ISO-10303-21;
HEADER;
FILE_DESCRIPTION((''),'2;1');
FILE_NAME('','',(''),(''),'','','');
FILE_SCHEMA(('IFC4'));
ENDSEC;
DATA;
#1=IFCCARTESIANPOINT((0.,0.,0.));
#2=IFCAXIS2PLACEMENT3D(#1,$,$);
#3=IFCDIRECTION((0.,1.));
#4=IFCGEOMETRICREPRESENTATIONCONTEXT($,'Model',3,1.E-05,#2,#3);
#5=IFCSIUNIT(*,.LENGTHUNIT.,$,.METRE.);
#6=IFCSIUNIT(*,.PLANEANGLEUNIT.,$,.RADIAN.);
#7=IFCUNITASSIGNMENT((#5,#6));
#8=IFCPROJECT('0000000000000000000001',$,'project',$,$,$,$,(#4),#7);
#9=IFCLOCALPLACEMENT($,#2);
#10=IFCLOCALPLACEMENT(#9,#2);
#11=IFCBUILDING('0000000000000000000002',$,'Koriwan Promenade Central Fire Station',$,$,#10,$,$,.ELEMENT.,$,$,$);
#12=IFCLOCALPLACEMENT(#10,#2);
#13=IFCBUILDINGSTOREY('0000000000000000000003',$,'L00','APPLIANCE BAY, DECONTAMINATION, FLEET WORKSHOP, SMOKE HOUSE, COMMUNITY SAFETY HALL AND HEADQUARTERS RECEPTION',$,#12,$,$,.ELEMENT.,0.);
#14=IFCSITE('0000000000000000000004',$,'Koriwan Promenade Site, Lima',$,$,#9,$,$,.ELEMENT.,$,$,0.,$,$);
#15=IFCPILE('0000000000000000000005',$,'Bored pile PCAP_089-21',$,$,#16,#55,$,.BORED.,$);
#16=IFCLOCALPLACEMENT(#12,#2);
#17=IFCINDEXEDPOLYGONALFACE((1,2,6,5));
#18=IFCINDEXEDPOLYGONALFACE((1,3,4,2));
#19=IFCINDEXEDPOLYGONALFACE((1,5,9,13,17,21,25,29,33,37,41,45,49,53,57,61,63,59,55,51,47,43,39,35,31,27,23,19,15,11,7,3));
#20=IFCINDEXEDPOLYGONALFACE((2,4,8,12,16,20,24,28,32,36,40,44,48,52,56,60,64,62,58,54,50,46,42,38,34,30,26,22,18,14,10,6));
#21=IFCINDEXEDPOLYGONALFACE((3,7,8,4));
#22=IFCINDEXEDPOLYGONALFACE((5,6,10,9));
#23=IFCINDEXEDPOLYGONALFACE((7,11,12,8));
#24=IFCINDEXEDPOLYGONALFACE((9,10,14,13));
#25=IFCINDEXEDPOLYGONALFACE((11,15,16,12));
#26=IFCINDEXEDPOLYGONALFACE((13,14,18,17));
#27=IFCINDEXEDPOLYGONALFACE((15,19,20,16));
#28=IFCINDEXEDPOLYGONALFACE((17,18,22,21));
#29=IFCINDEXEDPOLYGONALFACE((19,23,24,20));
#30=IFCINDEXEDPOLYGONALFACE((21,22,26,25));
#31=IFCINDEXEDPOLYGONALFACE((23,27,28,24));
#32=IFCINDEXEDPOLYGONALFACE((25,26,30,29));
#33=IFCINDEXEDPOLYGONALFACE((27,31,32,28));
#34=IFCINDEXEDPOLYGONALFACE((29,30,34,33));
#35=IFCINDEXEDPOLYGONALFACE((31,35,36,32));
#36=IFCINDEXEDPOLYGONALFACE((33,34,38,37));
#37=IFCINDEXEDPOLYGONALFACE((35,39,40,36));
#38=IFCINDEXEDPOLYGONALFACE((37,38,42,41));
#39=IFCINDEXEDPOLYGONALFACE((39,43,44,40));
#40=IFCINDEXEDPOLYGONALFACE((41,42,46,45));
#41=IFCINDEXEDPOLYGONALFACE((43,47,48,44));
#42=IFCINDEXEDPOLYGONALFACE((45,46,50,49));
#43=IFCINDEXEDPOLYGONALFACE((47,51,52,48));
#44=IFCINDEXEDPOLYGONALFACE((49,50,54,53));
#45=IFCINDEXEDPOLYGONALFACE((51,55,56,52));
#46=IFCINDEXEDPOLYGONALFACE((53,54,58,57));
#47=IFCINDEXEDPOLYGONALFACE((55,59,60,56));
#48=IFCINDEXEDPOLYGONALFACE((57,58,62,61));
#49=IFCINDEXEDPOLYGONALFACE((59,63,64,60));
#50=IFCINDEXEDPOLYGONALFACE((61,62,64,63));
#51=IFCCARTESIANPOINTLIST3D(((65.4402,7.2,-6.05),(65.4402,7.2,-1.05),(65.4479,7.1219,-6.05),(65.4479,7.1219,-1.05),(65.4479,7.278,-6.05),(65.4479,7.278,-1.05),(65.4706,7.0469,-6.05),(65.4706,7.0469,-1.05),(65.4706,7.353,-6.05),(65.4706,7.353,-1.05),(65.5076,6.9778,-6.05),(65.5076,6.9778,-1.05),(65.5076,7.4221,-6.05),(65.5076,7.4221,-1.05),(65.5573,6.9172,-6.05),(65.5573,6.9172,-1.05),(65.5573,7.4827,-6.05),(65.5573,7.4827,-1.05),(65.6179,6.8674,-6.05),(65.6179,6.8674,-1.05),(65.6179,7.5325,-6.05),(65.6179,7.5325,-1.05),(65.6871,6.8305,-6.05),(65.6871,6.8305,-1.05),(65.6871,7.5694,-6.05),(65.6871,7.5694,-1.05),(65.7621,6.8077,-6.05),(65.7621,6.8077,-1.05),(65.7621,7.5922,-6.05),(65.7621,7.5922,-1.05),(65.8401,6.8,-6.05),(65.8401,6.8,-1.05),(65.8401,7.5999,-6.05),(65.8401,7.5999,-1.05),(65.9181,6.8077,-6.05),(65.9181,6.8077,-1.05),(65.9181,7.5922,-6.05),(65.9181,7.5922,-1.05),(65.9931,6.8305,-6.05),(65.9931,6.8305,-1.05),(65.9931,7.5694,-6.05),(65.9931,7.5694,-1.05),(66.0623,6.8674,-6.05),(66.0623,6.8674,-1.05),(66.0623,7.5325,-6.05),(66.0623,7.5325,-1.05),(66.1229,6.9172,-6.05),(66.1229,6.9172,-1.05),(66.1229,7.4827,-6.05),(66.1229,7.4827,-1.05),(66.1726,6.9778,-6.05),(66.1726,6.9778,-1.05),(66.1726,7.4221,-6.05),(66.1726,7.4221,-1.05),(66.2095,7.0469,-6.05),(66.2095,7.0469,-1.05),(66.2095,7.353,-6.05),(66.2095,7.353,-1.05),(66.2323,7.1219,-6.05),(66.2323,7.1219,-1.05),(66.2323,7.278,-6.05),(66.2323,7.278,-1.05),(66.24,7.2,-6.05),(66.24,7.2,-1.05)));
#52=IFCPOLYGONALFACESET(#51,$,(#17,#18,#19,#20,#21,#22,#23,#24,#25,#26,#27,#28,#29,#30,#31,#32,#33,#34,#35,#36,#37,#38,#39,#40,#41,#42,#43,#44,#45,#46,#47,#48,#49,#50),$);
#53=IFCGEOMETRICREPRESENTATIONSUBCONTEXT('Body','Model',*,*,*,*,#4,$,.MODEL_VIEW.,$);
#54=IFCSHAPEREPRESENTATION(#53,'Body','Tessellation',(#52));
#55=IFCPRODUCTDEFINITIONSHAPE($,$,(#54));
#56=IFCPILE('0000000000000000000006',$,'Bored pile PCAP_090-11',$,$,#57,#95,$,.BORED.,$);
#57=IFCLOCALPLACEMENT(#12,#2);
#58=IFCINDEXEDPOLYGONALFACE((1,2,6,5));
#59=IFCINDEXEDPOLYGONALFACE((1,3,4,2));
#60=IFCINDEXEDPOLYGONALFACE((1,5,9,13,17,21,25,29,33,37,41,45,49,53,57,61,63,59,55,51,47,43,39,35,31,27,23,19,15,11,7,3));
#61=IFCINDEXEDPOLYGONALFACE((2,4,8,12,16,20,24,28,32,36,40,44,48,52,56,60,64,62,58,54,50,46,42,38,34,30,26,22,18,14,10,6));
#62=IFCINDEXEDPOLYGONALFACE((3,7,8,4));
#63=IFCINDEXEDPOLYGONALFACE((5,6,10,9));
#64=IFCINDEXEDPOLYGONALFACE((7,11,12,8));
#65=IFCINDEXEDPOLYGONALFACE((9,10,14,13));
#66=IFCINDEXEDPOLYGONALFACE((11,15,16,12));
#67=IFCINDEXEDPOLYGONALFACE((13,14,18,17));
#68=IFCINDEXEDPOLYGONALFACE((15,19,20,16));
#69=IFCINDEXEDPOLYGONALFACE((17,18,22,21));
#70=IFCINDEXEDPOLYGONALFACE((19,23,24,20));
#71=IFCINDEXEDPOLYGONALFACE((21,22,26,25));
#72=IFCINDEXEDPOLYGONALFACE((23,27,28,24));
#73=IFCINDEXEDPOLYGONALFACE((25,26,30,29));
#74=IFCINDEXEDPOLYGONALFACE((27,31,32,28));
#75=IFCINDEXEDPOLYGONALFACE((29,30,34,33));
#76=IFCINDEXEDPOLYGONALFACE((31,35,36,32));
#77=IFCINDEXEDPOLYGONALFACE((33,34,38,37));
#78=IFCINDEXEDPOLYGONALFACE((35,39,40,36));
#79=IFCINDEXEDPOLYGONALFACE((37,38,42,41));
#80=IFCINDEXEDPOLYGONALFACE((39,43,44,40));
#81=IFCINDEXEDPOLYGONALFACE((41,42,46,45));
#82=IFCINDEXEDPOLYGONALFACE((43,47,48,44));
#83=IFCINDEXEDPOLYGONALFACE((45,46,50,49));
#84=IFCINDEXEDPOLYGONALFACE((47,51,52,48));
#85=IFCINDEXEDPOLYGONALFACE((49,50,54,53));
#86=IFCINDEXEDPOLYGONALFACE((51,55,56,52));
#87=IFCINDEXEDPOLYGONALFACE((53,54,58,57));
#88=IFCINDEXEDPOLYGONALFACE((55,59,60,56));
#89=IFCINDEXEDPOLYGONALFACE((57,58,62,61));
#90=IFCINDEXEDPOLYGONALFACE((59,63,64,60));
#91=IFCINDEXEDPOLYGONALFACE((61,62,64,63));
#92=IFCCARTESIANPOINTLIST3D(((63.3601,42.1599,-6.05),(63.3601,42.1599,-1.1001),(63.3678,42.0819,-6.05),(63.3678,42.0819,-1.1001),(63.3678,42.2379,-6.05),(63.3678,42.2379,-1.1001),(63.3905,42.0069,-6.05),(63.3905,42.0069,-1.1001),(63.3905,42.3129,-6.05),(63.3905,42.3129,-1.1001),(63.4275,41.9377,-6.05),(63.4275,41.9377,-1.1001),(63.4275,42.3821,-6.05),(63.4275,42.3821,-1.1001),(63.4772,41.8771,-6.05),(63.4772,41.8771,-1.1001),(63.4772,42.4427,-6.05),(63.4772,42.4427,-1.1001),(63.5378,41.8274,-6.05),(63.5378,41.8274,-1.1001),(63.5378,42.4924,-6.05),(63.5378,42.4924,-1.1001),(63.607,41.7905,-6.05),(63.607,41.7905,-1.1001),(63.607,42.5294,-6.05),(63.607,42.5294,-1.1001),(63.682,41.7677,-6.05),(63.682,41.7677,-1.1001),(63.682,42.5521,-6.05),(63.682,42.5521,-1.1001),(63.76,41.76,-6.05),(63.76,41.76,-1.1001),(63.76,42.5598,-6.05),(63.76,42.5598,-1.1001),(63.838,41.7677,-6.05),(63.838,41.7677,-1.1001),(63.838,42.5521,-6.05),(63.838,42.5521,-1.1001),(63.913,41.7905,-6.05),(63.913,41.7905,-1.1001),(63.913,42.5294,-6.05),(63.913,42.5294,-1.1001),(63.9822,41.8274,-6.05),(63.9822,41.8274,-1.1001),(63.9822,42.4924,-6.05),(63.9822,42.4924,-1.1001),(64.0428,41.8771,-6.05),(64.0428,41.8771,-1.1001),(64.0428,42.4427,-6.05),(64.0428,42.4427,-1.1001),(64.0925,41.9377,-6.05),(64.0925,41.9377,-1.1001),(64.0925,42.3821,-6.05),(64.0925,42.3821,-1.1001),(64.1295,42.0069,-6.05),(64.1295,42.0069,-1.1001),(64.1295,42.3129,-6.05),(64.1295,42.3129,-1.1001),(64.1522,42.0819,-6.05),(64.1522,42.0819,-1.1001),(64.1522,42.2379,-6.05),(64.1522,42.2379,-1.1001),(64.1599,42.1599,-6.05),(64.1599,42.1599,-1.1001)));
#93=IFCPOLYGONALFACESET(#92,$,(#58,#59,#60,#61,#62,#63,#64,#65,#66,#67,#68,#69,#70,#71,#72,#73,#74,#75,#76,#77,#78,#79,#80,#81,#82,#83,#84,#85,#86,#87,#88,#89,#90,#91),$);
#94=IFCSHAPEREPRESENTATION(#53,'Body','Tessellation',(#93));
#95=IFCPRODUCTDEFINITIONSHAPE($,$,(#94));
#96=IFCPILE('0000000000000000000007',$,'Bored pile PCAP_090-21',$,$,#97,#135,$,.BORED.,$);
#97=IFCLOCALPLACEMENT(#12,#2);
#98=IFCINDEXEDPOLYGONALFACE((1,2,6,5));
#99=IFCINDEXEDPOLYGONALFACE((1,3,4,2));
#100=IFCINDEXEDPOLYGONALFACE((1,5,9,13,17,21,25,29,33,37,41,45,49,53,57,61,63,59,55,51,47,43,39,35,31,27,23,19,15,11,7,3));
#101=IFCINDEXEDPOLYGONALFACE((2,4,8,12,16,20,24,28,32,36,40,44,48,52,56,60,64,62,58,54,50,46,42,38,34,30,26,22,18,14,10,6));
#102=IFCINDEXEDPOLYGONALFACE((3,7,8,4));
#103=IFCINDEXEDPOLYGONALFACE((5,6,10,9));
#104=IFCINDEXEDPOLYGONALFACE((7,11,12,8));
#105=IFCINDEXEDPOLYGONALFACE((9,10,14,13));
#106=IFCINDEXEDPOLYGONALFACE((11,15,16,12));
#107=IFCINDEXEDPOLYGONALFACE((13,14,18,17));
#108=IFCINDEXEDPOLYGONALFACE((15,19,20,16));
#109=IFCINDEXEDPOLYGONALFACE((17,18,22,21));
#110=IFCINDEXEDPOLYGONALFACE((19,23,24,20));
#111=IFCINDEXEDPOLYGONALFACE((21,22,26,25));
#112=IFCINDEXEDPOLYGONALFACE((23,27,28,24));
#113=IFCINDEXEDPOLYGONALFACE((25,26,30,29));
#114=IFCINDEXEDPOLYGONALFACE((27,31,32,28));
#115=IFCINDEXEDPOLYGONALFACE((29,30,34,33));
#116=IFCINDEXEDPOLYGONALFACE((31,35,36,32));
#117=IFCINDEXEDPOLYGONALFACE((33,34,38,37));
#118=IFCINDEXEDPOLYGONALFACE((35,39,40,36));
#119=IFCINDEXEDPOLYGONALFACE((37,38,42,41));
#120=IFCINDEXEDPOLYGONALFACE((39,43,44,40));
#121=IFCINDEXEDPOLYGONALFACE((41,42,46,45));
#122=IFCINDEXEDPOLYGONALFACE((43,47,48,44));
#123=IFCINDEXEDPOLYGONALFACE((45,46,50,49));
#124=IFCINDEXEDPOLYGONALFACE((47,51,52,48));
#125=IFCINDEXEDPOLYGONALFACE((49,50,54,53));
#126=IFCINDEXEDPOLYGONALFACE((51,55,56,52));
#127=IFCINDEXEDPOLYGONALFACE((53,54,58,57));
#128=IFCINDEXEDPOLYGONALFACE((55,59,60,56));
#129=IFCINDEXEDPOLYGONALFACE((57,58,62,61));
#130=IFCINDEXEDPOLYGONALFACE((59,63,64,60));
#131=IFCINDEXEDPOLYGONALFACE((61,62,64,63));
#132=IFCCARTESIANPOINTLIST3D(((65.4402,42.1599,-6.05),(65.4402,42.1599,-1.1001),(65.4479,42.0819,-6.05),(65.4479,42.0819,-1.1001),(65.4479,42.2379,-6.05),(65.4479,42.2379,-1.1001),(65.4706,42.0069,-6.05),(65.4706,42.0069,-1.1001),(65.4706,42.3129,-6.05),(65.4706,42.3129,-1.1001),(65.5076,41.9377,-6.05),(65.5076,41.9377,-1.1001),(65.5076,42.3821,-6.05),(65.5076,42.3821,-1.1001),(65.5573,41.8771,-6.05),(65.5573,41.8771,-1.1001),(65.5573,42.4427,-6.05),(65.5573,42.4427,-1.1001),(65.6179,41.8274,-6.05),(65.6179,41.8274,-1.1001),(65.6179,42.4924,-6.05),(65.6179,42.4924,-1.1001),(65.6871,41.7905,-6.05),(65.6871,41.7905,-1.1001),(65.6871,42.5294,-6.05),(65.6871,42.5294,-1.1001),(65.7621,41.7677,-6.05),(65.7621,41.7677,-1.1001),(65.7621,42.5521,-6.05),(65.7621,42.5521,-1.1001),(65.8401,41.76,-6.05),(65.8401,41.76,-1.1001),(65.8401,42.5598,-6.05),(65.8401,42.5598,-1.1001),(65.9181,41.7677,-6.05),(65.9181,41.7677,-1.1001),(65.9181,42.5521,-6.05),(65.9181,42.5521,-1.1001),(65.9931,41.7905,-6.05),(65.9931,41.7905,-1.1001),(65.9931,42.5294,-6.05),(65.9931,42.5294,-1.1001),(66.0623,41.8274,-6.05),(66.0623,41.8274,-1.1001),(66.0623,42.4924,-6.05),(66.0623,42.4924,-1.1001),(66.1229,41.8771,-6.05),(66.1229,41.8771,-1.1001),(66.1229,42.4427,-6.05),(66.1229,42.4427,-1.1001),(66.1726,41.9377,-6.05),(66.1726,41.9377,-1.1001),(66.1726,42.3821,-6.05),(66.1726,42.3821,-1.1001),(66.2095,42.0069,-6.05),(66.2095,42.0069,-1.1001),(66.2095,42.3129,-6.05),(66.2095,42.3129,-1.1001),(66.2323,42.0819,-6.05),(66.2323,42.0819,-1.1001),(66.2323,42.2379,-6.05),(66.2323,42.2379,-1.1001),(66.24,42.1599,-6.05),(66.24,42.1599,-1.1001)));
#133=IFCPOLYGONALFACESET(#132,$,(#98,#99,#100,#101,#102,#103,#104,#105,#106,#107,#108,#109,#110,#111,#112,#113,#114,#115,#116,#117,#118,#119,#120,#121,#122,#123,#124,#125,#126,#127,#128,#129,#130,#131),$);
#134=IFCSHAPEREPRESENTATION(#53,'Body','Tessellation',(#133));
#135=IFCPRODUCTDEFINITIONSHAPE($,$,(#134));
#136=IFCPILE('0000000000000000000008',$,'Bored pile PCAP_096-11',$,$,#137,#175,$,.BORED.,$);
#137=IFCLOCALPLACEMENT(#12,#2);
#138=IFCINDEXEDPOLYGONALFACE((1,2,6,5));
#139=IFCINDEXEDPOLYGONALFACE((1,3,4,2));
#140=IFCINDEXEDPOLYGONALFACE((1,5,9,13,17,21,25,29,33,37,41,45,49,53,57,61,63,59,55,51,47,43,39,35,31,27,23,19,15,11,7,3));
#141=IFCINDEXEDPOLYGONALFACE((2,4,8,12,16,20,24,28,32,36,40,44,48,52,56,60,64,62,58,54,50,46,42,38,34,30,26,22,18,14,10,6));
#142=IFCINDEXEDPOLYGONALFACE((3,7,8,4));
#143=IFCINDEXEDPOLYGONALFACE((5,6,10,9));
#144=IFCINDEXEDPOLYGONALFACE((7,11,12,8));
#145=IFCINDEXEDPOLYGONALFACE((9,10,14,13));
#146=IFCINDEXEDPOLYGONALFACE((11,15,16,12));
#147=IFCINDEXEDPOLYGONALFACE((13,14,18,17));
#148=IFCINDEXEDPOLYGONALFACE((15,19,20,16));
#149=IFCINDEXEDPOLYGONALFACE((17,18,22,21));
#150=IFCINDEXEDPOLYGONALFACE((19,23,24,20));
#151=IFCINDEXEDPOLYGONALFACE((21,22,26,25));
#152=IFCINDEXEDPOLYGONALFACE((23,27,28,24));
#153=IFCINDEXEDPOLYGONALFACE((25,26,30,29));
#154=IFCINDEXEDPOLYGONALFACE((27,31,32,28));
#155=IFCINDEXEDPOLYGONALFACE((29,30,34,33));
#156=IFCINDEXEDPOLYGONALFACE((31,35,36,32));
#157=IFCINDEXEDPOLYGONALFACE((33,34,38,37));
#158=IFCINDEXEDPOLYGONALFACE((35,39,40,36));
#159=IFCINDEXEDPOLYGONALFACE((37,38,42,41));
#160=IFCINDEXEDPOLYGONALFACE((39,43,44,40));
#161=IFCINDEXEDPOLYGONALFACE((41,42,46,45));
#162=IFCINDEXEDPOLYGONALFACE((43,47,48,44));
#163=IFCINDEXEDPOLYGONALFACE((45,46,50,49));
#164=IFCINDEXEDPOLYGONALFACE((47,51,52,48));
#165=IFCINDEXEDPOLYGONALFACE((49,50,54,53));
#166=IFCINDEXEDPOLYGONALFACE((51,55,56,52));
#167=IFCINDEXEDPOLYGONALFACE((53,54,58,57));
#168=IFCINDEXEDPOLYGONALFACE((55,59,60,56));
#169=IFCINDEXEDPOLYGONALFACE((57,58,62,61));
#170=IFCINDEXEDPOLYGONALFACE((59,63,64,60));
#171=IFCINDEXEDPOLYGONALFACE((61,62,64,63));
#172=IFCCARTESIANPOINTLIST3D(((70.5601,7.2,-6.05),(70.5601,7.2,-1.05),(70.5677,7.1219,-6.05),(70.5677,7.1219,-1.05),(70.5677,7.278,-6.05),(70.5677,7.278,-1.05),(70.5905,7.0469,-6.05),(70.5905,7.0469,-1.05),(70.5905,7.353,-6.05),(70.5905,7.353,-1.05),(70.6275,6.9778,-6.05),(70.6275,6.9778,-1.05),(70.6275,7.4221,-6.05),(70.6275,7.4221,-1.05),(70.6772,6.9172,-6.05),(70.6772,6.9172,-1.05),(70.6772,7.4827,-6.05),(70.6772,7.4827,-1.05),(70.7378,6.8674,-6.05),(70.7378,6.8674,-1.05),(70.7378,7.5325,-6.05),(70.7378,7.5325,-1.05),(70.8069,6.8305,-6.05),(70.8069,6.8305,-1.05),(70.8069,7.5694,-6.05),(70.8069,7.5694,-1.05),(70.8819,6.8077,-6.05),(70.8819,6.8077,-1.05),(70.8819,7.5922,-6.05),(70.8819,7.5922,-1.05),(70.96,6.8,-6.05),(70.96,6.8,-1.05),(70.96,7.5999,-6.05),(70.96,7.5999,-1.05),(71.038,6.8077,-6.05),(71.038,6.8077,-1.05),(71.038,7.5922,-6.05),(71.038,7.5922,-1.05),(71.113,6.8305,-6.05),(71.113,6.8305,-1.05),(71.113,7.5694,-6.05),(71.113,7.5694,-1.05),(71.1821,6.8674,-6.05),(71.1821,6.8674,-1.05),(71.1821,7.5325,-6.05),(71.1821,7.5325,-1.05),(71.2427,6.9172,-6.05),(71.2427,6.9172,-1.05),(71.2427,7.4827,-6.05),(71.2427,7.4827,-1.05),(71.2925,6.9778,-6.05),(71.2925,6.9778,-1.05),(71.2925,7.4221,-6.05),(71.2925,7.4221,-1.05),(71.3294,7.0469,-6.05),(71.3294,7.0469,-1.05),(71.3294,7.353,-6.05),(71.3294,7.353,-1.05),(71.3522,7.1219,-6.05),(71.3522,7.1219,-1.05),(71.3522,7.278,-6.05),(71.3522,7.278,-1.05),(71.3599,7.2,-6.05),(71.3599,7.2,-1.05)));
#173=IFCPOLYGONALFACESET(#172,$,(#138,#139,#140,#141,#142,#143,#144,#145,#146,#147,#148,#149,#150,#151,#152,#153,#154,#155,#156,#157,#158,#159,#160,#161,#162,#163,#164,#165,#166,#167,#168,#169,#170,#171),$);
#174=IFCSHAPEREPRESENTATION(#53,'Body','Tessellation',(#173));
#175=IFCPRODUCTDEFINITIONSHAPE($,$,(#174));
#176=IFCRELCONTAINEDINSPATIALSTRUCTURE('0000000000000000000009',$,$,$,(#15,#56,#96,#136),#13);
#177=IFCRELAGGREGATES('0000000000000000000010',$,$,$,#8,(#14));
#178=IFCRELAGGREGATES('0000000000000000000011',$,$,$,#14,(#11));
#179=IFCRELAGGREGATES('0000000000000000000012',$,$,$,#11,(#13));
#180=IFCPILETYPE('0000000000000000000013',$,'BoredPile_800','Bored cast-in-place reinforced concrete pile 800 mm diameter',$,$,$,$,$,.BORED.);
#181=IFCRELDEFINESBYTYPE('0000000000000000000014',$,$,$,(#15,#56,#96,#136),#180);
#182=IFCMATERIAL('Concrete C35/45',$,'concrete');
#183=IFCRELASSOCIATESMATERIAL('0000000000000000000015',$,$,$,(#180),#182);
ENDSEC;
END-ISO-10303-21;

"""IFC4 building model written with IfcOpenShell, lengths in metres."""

from ifc_helpers import new_model, si_unit, direction, frame, origin, origin_2d, place, context, subcontext, project, spatial, circle, extrude, material, material_profile, profile_set, type_object, element, save


model = new_model("IFC4")

# Units and contexts
model_context = context("Model", 3, precision=1e-05, world=origin(), true_north=direction((0.0, 1.0)))
body_context = subcontext(model_context, "Body", "Model", "MODEL_VIEW")
ifc_project = project(units=[si_unit("LENGTHUNIT", "METRE"), si_unit("PLANEANGLEUNIT", "RADIAN")], contexts=[model_context])

# Site, building, storey
site_placement = place(None, origin())
site = spatial("IfcSite", under=ifc_project, at=site_placement, Name="Koriwan Promenade Site, Lima", CompositionType="ELEMENT", RefElevation=0.0)
building_placement = place(site_placement, origin())
building = spatial("IfcBuilding", under=site, at=building_placement, Name="Koriwan Promenade Central Fire Station", CompositionType="ELEMENT")
storey_placement = place(building_placement, origin())
storey = spatial("IfcBuildingStorey", under=building, at=storey_placement, Name="L00", Description="APPLIANCE BAY, DECONTAMINATION, FLEET WORKSHOP, SMOKE HOUSE, COMMUNITY SAFETY HALL AND HEADQUARTERS RECEPTION", CompositionType="ELEMENT", Elevation=0.0)

# Piles
ifc_material_1 = material(Name="Concrete C35/45", Category="concrete")
ifc_material_profile_1 = material_profile(ifc_material_1, circle(Radius=0.3999, at=origin_2d()), Name="PILE-D800")
ifc_profile_set_1 = profile_set([ifc_material_profile_1], Name="Concrete C35/45")
pile_type_1 = type_object("IfcPileType", Name="BoredPile_800", Description="Bored cast-in-place reinforced concrete pile 800 mm diameter", PredefinedType="BORED", material=ifc_profile_set_1)
for number, where, z_axis, x_axis, name in (
    (1, (65.8401, 7.2, -1.05), (0.0, 0.0, -1.0), (1.0, 0.0, 0.0), "Bored pile PCAP_089-21"),
):
    element("IfcPile", number, at=place(storey_placement, frame(where, z_axis=z_axis, x_axis=x_axis)), inside=storey, type_object=pile_type_1, Name=name, PredefinedType="BORED", context=body_context, shape_type="SweptSolid", body=[
        extrude(circle(Radius=0.3999, at=origin_2d()), origin(), (0.0, 0.0, 1.0), 5.0),
    ])
for number, where, z_axis, x_axis, name in (
    (2, (63.76, 42.1599, -1.1001), (0.0, 0.0, -1.0), (1.0, 0.0, 0.0), "Bored pile PCAP_090-11"),
    (3, (65.8401, 42.1599, -1.1001), (0.0, 0.0, -1.0), (1.0, 0.0, 0.0), "Bored pile PCAP_090-21"),
):
    element("IfcPile", number, at=place(storey_placement, frame(where, z_axis=z_axis, x_axis=x_axis)), inside=storey, type_object=pile_type_1, Name=name, PredefinedType="BORED", context=body_context, shape_type="SweptSolid", body=[
        extrude(circle(Radius=0.3999, at=origin_2d()), origin(), (0.0, 0.0, 1.0), 4.95),
    ])
for number, where, z_axis, x_axis, name in (
    (4, (70.96, 7.2, -1.05), (0.0, 0.0, -1.0), (1.0, 0.0, 0.0), "Bored pile PCAP_096-11"),
):
    element("IfcPile", number, at=place(storey_placement, frame(where, z_axis=z_axis, x_axis=x_axis)), inside=storey, type_object=pile_type_1, Name=name, PredefinedType="BORED", context=body_context, shape_type="SweptSolid", body=[
        extrude(circle(Radius=0.3999, at=origin_2d()), origin(), (0.0, 0.0, 1.0), 5.0),
    ])

save(model, "model.ifc")
